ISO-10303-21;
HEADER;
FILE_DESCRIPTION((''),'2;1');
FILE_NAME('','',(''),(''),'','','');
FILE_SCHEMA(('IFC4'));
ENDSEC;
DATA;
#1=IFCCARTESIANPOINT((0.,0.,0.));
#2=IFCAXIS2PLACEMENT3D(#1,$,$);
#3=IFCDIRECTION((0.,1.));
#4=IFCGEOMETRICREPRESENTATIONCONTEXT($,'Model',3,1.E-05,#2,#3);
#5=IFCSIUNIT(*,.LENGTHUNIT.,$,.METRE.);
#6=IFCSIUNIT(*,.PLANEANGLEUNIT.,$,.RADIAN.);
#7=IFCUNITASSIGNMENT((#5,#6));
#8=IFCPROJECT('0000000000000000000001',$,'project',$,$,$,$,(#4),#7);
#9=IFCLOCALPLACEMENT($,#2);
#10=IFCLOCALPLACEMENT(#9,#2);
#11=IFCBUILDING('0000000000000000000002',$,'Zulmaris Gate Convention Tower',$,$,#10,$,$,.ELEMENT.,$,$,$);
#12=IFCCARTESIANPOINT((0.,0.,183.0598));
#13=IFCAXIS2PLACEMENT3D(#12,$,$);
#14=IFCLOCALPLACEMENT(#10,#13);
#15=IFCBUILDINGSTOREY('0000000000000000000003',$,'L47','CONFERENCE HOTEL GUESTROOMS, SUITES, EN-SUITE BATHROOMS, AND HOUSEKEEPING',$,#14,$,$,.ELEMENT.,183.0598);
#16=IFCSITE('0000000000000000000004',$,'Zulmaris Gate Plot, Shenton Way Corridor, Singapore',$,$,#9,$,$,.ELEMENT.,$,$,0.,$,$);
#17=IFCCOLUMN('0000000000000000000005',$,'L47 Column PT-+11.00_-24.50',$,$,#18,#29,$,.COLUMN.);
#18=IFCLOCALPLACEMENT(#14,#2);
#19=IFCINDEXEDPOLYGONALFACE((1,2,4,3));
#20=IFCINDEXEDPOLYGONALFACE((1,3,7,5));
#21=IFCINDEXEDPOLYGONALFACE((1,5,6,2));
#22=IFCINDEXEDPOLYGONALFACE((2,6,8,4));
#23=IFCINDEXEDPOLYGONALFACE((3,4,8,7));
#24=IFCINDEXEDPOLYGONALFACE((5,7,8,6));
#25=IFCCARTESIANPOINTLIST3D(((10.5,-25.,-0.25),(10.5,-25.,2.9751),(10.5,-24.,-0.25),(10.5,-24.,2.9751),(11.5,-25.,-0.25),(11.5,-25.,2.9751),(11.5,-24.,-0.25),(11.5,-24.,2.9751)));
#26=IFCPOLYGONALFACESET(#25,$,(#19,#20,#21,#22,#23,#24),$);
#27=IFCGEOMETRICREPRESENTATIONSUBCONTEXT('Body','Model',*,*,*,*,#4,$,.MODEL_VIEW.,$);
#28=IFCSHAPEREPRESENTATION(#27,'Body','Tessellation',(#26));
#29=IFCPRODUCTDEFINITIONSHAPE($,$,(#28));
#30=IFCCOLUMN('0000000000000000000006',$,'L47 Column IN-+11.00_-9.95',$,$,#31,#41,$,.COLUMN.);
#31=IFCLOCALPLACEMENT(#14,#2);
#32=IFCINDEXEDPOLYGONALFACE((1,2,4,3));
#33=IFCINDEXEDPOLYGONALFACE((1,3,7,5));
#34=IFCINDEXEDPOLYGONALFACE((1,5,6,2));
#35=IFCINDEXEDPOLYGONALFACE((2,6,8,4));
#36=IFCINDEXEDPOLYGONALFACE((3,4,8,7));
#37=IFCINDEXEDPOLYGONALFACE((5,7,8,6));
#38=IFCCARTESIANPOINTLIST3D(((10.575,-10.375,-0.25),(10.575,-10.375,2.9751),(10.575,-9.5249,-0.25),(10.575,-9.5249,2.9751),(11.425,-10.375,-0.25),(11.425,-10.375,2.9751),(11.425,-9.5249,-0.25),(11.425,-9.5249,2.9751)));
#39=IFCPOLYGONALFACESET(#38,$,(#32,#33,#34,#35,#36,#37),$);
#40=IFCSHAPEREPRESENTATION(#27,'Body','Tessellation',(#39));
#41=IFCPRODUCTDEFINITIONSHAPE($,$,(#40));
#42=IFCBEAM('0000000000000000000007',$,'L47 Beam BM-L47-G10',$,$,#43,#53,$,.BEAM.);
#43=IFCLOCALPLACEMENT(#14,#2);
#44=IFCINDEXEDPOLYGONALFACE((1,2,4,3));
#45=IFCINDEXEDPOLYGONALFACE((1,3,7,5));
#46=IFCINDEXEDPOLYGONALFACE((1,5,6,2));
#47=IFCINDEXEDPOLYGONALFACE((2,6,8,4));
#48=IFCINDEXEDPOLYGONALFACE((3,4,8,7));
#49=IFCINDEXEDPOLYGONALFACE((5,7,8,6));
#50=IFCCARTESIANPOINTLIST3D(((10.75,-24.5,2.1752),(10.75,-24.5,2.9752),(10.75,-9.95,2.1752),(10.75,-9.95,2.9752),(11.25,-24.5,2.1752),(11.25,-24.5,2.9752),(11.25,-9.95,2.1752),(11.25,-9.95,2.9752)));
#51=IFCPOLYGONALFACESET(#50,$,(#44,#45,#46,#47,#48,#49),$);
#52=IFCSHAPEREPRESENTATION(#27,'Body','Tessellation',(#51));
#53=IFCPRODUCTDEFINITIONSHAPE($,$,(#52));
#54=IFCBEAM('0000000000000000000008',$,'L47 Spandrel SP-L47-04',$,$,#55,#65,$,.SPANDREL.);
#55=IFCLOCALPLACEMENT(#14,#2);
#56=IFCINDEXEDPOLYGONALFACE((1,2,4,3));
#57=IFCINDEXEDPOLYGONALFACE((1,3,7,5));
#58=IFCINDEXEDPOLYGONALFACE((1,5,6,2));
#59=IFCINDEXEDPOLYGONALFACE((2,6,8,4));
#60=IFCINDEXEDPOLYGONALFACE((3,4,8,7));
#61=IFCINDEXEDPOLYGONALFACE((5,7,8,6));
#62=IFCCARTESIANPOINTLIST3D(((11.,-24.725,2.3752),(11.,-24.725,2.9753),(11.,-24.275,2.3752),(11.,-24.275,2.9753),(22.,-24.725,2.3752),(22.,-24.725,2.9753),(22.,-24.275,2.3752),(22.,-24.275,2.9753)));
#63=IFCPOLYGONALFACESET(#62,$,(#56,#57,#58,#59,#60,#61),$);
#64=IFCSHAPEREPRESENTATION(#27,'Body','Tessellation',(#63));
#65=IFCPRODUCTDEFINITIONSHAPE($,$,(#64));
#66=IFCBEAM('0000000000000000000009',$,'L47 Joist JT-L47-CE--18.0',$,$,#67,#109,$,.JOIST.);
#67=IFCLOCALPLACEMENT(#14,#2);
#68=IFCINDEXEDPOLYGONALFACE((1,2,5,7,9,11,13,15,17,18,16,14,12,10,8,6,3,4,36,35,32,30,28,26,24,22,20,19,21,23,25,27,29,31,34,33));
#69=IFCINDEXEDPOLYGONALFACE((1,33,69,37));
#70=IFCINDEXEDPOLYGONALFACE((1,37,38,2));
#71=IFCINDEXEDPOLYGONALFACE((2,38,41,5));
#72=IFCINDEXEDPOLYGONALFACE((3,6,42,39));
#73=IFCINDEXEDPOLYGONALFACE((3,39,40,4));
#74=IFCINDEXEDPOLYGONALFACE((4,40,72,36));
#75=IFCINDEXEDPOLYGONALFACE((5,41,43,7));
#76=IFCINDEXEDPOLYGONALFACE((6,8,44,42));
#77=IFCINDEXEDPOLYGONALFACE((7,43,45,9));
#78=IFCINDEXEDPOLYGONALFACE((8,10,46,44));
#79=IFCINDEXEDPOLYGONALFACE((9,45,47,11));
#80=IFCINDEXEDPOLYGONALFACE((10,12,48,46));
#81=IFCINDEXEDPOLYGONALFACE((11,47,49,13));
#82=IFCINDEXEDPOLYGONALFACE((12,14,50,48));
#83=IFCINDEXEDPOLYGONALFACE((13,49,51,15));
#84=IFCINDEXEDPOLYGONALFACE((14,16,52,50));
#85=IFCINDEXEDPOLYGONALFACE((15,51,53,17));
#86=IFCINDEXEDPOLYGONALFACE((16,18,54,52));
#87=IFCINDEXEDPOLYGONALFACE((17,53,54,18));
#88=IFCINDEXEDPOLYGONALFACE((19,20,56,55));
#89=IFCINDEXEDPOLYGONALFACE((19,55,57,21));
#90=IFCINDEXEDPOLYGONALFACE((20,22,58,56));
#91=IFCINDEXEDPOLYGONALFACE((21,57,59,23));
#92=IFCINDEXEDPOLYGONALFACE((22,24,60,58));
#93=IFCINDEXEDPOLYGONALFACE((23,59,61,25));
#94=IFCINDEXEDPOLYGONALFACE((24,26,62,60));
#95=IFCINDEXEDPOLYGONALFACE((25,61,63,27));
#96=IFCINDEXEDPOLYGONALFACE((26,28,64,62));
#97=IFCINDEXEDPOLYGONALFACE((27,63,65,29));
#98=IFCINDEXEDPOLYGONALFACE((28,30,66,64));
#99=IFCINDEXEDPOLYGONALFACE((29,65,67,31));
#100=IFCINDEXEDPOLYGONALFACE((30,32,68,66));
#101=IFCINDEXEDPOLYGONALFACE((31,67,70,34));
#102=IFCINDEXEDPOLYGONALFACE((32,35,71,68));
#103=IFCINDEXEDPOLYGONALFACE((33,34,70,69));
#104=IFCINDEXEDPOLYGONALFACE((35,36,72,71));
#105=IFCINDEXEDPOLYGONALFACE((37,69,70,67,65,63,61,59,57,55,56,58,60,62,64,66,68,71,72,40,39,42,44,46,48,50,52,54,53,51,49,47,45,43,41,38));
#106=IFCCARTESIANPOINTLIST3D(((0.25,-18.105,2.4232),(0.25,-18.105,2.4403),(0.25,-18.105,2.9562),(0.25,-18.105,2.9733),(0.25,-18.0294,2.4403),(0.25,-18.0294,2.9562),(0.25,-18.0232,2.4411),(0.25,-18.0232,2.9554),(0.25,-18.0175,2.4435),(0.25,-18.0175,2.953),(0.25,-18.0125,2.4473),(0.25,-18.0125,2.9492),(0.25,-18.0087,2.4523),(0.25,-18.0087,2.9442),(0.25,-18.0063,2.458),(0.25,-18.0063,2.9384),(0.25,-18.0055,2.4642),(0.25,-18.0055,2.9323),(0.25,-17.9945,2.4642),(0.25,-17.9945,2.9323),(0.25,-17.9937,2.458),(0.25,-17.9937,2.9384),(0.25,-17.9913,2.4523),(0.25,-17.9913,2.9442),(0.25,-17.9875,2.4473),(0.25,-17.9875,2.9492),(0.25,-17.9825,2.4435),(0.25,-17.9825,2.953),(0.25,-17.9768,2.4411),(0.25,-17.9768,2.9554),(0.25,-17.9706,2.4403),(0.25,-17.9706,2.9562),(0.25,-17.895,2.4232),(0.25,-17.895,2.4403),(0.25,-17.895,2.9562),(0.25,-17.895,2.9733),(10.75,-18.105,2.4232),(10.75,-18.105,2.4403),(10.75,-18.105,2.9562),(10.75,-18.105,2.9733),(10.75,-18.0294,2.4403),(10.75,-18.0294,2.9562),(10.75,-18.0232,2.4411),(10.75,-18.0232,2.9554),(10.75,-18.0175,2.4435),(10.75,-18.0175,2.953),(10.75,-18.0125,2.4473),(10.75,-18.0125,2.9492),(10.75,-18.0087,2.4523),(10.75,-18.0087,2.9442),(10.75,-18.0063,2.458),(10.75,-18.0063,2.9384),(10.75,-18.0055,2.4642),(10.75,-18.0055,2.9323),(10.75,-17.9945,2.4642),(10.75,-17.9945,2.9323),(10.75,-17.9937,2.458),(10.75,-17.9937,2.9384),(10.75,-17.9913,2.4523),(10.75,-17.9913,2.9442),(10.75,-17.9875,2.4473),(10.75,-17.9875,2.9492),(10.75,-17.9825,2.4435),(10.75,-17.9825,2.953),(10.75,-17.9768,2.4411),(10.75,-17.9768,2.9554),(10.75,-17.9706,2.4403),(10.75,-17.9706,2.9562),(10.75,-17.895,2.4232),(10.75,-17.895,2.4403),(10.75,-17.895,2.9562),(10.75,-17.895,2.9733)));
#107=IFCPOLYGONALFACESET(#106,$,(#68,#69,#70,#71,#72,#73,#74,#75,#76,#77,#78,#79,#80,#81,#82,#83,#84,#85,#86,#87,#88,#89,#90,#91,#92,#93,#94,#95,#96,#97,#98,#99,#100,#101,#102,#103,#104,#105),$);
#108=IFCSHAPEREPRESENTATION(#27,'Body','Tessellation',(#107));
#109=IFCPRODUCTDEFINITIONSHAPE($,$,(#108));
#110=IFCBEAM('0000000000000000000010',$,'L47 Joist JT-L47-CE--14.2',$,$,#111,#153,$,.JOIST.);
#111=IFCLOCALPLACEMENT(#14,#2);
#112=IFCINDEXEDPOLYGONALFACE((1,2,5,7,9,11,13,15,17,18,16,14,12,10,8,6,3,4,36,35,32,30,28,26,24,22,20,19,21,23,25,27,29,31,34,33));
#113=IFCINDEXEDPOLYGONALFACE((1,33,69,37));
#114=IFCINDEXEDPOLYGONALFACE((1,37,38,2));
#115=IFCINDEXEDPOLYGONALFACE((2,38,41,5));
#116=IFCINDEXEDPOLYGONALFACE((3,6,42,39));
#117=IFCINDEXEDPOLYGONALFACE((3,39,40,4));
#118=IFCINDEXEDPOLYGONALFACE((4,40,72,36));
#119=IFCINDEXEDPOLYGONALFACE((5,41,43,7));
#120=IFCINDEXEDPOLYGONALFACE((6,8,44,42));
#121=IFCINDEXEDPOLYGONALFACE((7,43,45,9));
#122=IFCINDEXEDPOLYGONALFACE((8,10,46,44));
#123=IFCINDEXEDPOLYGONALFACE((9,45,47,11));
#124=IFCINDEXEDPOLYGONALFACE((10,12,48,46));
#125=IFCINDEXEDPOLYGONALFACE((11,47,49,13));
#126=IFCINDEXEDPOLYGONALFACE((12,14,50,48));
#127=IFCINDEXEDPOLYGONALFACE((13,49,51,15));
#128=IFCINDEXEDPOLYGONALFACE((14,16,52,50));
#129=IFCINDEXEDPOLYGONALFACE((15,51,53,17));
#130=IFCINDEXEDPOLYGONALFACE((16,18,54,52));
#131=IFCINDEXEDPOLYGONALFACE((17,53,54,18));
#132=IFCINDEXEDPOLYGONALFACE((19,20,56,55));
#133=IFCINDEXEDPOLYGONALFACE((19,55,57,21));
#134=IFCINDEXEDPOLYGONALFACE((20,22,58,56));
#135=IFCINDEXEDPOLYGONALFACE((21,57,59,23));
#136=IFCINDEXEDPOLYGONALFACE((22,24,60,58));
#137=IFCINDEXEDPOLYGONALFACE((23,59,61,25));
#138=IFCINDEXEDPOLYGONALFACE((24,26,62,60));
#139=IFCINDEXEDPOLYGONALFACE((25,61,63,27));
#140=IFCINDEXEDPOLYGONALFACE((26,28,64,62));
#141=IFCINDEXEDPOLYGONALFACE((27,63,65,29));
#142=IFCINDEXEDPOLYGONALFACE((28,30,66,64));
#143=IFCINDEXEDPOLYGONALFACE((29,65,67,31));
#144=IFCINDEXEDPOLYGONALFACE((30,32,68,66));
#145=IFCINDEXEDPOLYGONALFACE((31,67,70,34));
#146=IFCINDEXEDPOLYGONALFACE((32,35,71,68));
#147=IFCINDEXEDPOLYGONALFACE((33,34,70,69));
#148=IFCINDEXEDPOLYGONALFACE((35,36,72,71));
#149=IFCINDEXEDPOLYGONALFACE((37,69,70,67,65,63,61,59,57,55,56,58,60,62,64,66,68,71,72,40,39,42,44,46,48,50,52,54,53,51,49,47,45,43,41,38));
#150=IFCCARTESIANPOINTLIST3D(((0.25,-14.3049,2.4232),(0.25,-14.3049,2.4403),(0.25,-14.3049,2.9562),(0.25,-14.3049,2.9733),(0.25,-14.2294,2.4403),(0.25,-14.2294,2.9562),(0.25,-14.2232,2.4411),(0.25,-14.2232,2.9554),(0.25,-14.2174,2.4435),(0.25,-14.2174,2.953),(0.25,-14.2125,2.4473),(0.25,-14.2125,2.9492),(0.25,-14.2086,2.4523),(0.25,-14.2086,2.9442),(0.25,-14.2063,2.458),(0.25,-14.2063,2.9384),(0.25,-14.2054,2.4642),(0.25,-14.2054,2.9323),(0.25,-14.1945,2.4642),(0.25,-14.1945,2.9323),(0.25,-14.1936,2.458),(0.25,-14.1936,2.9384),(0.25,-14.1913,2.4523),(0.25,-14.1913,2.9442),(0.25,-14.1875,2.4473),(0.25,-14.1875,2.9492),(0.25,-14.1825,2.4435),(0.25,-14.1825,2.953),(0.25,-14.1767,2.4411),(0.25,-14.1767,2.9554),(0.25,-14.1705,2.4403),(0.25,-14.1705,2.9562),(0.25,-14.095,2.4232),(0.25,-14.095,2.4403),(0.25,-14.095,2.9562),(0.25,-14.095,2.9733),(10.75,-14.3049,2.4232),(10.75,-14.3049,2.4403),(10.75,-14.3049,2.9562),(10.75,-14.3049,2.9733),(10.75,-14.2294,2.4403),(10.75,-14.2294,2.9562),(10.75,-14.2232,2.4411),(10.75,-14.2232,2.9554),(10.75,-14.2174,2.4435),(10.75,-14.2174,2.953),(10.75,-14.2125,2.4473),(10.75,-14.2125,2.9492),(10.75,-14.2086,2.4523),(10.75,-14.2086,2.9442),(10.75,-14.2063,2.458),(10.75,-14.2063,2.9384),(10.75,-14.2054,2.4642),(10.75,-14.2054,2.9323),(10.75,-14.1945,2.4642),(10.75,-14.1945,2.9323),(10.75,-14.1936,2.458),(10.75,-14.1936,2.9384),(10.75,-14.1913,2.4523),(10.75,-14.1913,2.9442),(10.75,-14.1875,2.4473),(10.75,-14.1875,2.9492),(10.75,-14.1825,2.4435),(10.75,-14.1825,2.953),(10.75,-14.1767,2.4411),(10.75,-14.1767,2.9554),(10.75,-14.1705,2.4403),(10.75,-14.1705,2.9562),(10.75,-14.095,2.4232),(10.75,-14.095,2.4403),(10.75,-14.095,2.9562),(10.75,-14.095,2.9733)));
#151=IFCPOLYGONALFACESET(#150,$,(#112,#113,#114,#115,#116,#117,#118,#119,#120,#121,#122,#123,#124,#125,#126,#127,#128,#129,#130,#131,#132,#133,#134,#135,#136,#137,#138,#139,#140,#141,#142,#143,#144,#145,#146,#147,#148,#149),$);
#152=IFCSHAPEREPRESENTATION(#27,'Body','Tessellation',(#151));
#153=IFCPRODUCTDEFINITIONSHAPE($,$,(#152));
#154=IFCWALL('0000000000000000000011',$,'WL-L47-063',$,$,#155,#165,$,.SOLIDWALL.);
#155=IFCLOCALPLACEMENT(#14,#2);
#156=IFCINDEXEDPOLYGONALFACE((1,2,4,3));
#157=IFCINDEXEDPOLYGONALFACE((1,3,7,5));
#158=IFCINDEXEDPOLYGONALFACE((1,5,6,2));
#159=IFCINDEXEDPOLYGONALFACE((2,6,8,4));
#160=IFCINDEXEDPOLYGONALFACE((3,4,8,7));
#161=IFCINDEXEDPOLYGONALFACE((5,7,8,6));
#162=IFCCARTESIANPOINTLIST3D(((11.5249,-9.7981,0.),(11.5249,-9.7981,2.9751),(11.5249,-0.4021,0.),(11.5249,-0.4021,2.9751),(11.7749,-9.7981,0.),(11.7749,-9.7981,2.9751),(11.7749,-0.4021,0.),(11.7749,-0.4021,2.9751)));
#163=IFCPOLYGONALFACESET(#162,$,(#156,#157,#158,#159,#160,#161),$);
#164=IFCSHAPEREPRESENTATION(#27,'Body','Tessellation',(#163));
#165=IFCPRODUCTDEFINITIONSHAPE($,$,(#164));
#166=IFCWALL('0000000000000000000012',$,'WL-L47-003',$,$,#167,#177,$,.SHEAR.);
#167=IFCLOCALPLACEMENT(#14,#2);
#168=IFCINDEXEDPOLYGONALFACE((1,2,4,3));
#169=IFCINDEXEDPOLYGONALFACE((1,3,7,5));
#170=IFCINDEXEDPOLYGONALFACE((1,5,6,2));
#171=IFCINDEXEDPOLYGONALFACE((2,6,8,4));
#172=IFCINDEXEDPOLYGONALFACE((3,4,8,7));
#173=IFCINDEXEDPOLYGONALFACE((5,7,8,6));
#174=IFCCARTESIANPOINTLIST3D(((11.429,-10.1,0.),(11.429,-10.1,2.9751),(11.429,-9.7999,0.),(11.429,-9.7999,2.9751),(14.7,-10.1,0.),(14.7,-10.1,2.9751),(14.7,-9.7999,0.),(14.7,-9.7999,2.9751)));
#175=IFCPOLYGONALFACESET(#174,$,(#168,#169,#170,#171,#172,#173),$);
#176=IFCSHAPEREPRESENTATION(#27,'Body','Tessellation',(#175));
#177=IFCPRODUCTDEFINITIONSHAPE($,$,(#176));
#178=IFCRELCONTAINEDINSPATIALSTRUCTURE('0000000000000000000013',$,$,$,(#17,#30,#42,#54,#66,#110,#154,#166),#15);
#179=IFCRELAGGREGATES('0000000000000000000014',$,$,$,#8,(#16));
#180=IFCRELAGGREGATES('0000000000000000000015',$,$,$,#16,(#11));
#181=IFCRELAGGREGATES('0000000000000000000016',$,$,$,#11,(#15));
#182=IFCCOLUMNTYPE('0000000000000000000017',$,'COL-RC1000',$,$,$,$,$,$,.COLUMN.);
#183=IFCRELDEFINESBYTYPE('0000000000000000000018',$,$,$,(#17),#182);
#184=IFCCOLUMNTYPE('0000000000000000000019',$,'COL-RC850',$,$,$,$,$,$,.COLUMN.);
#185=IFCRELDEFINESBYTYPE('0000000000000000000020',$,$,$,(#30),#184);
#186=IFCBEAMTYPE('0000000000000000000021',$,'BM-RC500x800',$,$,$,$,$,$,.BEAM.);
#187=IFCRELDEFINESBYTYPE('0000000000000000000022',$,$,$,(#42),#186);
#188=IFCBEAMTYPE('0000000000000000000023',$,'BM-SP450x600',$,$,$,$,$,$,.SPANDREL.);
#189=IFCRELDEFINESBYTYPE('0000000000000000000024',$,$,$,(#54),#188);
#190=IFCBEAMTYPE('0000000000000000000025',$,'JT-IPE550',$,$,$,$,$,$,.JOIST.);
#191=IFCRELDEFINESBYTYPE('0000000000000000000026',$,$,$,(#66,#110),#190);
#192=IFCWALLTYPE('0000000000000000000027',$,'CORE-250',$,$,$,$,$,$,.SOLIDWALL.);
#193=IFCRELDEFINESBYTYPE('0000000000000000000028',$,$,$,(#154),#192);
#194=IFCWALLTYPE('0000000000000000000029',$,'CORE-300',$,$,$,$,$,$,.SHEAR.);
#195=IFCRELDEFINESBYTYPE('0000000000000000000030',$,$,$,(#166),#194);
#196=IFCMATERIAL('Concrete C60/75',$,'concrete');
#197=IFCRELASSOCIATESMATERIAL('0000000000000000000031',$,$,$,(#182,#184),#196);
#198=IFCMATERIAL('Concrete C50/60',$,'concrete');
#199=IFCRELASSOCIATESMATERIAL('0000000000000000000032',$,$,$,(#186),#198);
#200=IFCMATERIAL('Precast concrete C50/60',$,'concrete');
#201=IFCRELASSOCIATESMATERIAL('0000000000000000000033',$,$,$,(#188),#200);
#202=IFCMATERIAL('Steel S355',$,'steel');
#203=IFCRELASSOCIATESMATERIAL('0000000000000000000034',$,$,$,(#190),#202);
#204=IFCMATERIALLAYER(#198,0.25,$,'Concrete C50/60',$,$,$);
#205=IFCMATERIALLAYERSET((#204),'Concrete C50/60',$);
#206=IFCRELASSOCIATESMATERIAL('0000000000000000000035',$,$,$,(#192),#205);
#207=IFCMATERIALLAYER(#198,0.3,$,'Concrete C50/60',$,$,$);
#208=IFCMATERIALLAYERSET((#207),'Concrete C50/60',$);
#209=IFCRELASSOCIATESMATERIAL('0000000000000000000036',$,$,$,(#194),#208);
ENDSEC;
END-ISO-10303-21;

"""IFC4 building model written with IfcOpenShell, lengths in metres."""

from ifc_helpers import new_model, si_unit, direction, frame, frame_2d, origin, origin_2d, place, context, subcontext, project, spatial, rectangle, i_section, extrude, material, layer, layer_set, material_profile, profile_set, type_object, element, save


model = new_model("IFC4")

# Units and contexts
model_context = context("Model", 3, precision=1e-05, world=origin(), true_north=direction((0.0, 1.0)))
body_context = subcontext(model_context, "Body", "Model", "MODEL_VIEW")
ifc_project = project(units=[si_unit("LENGTHUNIT", "METRE"), si_unit("PLANEANGLEUNIT", "RADIAN")], contexts=[model_context])

# Site, building, storey
site_placement = place(None, origin())
site = spatial("IfcSite", under=ifc_project, at=site_placement, Name="Zulmaris Gate Plot, Shenton Way Corridor, Singapore", CompositionType="ELEMENT", RefElevation=0.0)
building_placement = place(site_placement, origin())
building = spatial("IfcBuilding", under=site, at=building_placement, Name="Zulmaris Gate Convention Tower", CompositionType="ELEMENT")
storey_placement = place(building_placement, frame((0.0, 0.0, 183.0598)))
storey = spatial("IfcBuildingStorey", under=building, at=storey_placement, Name="L47", Description="CONFERENCE HOTEL GUESTROOMS, SUITES, EN-SUITE BATHROOMS, AND HOUSEKEEPING", CompositionType="ELEMENT", Elevation=183.0598)

# Columns
ifc_material_1 = material(Name="Concrete C60/75", Category="concrete")
ifc_material_profile_1 = material_profile(ifc_material_1, rectangle(XDim=1.0, YDim=1.0, at=origin_2d()), Name="RC COL 1000x1000")
ifc_profile_set_1 = profile_set([ifc_material_profile_1], Name="Concrete C60/75")
column_type_1 = type_object("IfcColumnType", Name="COL-RC1000", PredefinedType="COLUMN", material=ifc_profile_set_1)
column_1_placement = place(storey_placement, frame((11.0, -24.5, -0.25), z_axis=(0.0, 0.0, 1.0), x_axis=(1.0, 0.0, 0.0)))
element("IfcColumn", 1, at=column_1_placement, inside=storey, type_object=column_type_1, Name="L47 Column PT-+11.00_-24.50", PredefinedType="COLUMN", context=body_context, shape_type="SweptSolid", body=[
    extrude(rectangle(XDim=1.0, YDim=1.0, at=origin_2d()), origin(), (0.0, 0.0, 1.0), 3.2251),
])
ifc_material_profile_2 = material_profile(ifc_material_1, rectangle(XDim=0.8501, YDim=0.8501, at=origin_2d()), Name="RC COL 850x850")
ifc_profile_set_2 = profile_set([ifc_material_profile_2], Name="Concrete C60/75")
column_type_2 = type_object("IfcColumnType", Name="COL-RC850", PredefinedType="COLUMN", material=ifc_profile_set_2)
column_2_placement = place(storey_placement, frame((11.0, -9.95, -0.25), z_axis=(0.0, 0.0, 1.0), x_axis=(1.0, 0.0, 0.0)))
element("IfcColumn", 2, at=column_2_placement, inside=storey, type_object=column_type_2, Name="L47 Column IN-+11.00_-9.95", PredefinedType="COLUMN", context=body_context, shape_type="SweptSolid", body=[
    extrude(rectangle(XDim=0.8501, YDim=0.8501, at=origin_2d()), origin(), (0.0, 0.0, 1.0), 3.2251),
])

# Beams
ifc_material_2 = material(Name="Concrete C50/60", Category="concrete")
ifc_material_profile_3 = material_profile(ifc_material_2, rectangle(XDim=0.5, YDim=0.8, at=origin_2d()), Name="RC BEAM 500x800")
ifc_profile_set_3 = profile_set([ifc_material_profile_3], Name="Concrete C50/60")
beam_type_1 = type_object("IfcBeamType", Name="BM-RC500x800", PredefinedType="BEAM", material=ifc_profile_set_3)
beam_1_placement = place(storey_placement, frame((11.0, -24.5, 2.5752), z_axis=(0.0, 1.0, 0.0), x_axis=(-1.0, 0.0, 0.0)))
element("IfcBeam", 3, at=beam_1_placement, inside=storey, type_object=beam_type_1, Name="L47 Beam BM-L47-G10", PredefinedType="BEAM", context=body_context, shape_type="SweptSolid", body=[
    extrude(rectangle(XDim=0.5, YDim=0.8, at=origin_2d()), origin(), (0.0, 0.0, 1.0), 14.55),
])
ifc_material_3 = material(Name="Precast concrete C50/60", Category="concrete")
ifc_material_profile_4 = material_profile(ifc_material_3, rectangle(XDim=0.45, YDim=0.6001, at=origin_2d()), Name="RC SPANDREL 450x600")
ifc_profile_set_4 = profile_set([ifc_material_profile_4], Name="Precast concrete C50/60")
beam_type_2 = type_object("IfcBeamType", Name="BM-SP450x600", PredefinedType="SPANDREL", material=ifc_profile_set_4)
beam_2_placement = place(storey_placement, frame((11.0, -24.5, 2.6753), z_axis=(1.0, 0.0, 0.0), x_axis=(0.0, 1.0, 0.0)))
element("IfcBeam", 4, at=beam_2_placement, inside=storey, type_object=beam_type_2, Name="L47 Spandrel SP-L47-04", PredefinedType="SPANDREL", context=body_context, shape_type="SweptSolid", body=[
    extrude(rectangle(XDim=0.45, YDim=0.6001, at=origin_2d()), origin(), (0.0, 0.0, 1.0), 11.0),
])
ifc_material_4 = material(Name="Steel S355", Category="steel")
ifc_material_profile_5 = material_profile(ifc_material_4, i_section(OverallWidth=0.21, OverallDepth=0.55, WebThickness=0.011, FlangeThickness=0.0171, FilletRadius=0.0239, at=origin_2d()), Name="IPE 550")
ifc_profile_set_5 = profile_set([ifc_material_profile_5], Name="Steel S355")
beam_type_3 = type_object("IfcBeamType", Name="JT-IPE550", PredefinedType="JOIST", material=ifc_profile_set_5)
for number, where, z_axis, x_axis, name in (
    (5, (0.25, -18.0, 2.6982), (1.0, 0.0, 0.0), (0.0, 1.0, 0.0), "L47 Joist JT-L47-CE--18.0"),
    (6, (0.25, -14.2, 2.6982), (1.0, 0.0, 0.0), (0.0, 1.0, 0.0), "L47 Joist JT-L47-CE--14.2"),
):
    element("IfcBeam", number, at=place(storey_placement, frame(where, z_axis=z_axis, x_axis=x_axis)), inside=storey, type_object=beam_type_3, Name=name, PredefinedType="JOIST", context=body_context, shape_type="SweptSolid", body=[
        extrude(i_section(OverallWidth=0.21, OverallDepth=0.55, WebThickness=0.011, FlangeThickness=0.0171, FilletRadius=0.0239, at=origin_2d()), origin(), (0.0, 0.0, 1.0), 10.5),
    ])

# Walls
ifc_layer_1 = layer(ifc_material_2, 0.25, Name="Concrete C50/60")
ifc_layer_set_1 = layer_set([ifc_layer_1], Name="Concrete C50/60")
wall_type_1 = type_object("IfcWallType", Name="CORE-250", PredefinedType="SOLIDWALL", material=ifc_layer_set_1)
wall_1_placement = place(storey_placement, frame((11.6499, -9.7981, 0.0), z_axis=(0.0, 0.0, 1.0), x_axis=(0.0, 1.0, 0.0)))
element("IfcWall", 7, at=wall_1_placement, inside=storey, type_object=wall_type_1, Name="WL-L47-063", PredefinedType="SOLIDWALL", context=body_context, shape_type="SweptSolid", body=[
    extrude(rectangle(XDim=9.396, YDim=0.25, at=frame_2d((4.698, 0.0))), origin(), (0.0, 0.0, 1.0), 2.9751),
])
ifc_layer_2 = layer(ifc_material_2, 0.3, Name="Concrete C50/60")
ifc_layer_set_2 = layer_set([ifc_layer_2], Name="Concrete C50/60")
wall_type_2 = type_object("IfcWallType", Name="CORE-300", PredefinedType="SHEAR", material=ifc_layer_set_2)
wall_2_placement = place(storey_placement, frame((11.429, -9.95, 0.0), z_axis=(0.0, 0.0, 1.0), x_axis=(1.0, 0.0, 0.0)))
element("IfcWall", 8, at=wall_2_placement, inside=storey, type_object=wall_type_2, Name="WL-L47-003", PredefinedType="SHEAR", context=body_context, shape_type="SweptSolid", body=[
    extrude(rectangle(XDim=3.271, YDim=0.3, at=frame_2d((1.6355, 0.0))), origin(), (0.0, 0.0, 1.0), 2.9751),
])

save(model, "model.ifc")
